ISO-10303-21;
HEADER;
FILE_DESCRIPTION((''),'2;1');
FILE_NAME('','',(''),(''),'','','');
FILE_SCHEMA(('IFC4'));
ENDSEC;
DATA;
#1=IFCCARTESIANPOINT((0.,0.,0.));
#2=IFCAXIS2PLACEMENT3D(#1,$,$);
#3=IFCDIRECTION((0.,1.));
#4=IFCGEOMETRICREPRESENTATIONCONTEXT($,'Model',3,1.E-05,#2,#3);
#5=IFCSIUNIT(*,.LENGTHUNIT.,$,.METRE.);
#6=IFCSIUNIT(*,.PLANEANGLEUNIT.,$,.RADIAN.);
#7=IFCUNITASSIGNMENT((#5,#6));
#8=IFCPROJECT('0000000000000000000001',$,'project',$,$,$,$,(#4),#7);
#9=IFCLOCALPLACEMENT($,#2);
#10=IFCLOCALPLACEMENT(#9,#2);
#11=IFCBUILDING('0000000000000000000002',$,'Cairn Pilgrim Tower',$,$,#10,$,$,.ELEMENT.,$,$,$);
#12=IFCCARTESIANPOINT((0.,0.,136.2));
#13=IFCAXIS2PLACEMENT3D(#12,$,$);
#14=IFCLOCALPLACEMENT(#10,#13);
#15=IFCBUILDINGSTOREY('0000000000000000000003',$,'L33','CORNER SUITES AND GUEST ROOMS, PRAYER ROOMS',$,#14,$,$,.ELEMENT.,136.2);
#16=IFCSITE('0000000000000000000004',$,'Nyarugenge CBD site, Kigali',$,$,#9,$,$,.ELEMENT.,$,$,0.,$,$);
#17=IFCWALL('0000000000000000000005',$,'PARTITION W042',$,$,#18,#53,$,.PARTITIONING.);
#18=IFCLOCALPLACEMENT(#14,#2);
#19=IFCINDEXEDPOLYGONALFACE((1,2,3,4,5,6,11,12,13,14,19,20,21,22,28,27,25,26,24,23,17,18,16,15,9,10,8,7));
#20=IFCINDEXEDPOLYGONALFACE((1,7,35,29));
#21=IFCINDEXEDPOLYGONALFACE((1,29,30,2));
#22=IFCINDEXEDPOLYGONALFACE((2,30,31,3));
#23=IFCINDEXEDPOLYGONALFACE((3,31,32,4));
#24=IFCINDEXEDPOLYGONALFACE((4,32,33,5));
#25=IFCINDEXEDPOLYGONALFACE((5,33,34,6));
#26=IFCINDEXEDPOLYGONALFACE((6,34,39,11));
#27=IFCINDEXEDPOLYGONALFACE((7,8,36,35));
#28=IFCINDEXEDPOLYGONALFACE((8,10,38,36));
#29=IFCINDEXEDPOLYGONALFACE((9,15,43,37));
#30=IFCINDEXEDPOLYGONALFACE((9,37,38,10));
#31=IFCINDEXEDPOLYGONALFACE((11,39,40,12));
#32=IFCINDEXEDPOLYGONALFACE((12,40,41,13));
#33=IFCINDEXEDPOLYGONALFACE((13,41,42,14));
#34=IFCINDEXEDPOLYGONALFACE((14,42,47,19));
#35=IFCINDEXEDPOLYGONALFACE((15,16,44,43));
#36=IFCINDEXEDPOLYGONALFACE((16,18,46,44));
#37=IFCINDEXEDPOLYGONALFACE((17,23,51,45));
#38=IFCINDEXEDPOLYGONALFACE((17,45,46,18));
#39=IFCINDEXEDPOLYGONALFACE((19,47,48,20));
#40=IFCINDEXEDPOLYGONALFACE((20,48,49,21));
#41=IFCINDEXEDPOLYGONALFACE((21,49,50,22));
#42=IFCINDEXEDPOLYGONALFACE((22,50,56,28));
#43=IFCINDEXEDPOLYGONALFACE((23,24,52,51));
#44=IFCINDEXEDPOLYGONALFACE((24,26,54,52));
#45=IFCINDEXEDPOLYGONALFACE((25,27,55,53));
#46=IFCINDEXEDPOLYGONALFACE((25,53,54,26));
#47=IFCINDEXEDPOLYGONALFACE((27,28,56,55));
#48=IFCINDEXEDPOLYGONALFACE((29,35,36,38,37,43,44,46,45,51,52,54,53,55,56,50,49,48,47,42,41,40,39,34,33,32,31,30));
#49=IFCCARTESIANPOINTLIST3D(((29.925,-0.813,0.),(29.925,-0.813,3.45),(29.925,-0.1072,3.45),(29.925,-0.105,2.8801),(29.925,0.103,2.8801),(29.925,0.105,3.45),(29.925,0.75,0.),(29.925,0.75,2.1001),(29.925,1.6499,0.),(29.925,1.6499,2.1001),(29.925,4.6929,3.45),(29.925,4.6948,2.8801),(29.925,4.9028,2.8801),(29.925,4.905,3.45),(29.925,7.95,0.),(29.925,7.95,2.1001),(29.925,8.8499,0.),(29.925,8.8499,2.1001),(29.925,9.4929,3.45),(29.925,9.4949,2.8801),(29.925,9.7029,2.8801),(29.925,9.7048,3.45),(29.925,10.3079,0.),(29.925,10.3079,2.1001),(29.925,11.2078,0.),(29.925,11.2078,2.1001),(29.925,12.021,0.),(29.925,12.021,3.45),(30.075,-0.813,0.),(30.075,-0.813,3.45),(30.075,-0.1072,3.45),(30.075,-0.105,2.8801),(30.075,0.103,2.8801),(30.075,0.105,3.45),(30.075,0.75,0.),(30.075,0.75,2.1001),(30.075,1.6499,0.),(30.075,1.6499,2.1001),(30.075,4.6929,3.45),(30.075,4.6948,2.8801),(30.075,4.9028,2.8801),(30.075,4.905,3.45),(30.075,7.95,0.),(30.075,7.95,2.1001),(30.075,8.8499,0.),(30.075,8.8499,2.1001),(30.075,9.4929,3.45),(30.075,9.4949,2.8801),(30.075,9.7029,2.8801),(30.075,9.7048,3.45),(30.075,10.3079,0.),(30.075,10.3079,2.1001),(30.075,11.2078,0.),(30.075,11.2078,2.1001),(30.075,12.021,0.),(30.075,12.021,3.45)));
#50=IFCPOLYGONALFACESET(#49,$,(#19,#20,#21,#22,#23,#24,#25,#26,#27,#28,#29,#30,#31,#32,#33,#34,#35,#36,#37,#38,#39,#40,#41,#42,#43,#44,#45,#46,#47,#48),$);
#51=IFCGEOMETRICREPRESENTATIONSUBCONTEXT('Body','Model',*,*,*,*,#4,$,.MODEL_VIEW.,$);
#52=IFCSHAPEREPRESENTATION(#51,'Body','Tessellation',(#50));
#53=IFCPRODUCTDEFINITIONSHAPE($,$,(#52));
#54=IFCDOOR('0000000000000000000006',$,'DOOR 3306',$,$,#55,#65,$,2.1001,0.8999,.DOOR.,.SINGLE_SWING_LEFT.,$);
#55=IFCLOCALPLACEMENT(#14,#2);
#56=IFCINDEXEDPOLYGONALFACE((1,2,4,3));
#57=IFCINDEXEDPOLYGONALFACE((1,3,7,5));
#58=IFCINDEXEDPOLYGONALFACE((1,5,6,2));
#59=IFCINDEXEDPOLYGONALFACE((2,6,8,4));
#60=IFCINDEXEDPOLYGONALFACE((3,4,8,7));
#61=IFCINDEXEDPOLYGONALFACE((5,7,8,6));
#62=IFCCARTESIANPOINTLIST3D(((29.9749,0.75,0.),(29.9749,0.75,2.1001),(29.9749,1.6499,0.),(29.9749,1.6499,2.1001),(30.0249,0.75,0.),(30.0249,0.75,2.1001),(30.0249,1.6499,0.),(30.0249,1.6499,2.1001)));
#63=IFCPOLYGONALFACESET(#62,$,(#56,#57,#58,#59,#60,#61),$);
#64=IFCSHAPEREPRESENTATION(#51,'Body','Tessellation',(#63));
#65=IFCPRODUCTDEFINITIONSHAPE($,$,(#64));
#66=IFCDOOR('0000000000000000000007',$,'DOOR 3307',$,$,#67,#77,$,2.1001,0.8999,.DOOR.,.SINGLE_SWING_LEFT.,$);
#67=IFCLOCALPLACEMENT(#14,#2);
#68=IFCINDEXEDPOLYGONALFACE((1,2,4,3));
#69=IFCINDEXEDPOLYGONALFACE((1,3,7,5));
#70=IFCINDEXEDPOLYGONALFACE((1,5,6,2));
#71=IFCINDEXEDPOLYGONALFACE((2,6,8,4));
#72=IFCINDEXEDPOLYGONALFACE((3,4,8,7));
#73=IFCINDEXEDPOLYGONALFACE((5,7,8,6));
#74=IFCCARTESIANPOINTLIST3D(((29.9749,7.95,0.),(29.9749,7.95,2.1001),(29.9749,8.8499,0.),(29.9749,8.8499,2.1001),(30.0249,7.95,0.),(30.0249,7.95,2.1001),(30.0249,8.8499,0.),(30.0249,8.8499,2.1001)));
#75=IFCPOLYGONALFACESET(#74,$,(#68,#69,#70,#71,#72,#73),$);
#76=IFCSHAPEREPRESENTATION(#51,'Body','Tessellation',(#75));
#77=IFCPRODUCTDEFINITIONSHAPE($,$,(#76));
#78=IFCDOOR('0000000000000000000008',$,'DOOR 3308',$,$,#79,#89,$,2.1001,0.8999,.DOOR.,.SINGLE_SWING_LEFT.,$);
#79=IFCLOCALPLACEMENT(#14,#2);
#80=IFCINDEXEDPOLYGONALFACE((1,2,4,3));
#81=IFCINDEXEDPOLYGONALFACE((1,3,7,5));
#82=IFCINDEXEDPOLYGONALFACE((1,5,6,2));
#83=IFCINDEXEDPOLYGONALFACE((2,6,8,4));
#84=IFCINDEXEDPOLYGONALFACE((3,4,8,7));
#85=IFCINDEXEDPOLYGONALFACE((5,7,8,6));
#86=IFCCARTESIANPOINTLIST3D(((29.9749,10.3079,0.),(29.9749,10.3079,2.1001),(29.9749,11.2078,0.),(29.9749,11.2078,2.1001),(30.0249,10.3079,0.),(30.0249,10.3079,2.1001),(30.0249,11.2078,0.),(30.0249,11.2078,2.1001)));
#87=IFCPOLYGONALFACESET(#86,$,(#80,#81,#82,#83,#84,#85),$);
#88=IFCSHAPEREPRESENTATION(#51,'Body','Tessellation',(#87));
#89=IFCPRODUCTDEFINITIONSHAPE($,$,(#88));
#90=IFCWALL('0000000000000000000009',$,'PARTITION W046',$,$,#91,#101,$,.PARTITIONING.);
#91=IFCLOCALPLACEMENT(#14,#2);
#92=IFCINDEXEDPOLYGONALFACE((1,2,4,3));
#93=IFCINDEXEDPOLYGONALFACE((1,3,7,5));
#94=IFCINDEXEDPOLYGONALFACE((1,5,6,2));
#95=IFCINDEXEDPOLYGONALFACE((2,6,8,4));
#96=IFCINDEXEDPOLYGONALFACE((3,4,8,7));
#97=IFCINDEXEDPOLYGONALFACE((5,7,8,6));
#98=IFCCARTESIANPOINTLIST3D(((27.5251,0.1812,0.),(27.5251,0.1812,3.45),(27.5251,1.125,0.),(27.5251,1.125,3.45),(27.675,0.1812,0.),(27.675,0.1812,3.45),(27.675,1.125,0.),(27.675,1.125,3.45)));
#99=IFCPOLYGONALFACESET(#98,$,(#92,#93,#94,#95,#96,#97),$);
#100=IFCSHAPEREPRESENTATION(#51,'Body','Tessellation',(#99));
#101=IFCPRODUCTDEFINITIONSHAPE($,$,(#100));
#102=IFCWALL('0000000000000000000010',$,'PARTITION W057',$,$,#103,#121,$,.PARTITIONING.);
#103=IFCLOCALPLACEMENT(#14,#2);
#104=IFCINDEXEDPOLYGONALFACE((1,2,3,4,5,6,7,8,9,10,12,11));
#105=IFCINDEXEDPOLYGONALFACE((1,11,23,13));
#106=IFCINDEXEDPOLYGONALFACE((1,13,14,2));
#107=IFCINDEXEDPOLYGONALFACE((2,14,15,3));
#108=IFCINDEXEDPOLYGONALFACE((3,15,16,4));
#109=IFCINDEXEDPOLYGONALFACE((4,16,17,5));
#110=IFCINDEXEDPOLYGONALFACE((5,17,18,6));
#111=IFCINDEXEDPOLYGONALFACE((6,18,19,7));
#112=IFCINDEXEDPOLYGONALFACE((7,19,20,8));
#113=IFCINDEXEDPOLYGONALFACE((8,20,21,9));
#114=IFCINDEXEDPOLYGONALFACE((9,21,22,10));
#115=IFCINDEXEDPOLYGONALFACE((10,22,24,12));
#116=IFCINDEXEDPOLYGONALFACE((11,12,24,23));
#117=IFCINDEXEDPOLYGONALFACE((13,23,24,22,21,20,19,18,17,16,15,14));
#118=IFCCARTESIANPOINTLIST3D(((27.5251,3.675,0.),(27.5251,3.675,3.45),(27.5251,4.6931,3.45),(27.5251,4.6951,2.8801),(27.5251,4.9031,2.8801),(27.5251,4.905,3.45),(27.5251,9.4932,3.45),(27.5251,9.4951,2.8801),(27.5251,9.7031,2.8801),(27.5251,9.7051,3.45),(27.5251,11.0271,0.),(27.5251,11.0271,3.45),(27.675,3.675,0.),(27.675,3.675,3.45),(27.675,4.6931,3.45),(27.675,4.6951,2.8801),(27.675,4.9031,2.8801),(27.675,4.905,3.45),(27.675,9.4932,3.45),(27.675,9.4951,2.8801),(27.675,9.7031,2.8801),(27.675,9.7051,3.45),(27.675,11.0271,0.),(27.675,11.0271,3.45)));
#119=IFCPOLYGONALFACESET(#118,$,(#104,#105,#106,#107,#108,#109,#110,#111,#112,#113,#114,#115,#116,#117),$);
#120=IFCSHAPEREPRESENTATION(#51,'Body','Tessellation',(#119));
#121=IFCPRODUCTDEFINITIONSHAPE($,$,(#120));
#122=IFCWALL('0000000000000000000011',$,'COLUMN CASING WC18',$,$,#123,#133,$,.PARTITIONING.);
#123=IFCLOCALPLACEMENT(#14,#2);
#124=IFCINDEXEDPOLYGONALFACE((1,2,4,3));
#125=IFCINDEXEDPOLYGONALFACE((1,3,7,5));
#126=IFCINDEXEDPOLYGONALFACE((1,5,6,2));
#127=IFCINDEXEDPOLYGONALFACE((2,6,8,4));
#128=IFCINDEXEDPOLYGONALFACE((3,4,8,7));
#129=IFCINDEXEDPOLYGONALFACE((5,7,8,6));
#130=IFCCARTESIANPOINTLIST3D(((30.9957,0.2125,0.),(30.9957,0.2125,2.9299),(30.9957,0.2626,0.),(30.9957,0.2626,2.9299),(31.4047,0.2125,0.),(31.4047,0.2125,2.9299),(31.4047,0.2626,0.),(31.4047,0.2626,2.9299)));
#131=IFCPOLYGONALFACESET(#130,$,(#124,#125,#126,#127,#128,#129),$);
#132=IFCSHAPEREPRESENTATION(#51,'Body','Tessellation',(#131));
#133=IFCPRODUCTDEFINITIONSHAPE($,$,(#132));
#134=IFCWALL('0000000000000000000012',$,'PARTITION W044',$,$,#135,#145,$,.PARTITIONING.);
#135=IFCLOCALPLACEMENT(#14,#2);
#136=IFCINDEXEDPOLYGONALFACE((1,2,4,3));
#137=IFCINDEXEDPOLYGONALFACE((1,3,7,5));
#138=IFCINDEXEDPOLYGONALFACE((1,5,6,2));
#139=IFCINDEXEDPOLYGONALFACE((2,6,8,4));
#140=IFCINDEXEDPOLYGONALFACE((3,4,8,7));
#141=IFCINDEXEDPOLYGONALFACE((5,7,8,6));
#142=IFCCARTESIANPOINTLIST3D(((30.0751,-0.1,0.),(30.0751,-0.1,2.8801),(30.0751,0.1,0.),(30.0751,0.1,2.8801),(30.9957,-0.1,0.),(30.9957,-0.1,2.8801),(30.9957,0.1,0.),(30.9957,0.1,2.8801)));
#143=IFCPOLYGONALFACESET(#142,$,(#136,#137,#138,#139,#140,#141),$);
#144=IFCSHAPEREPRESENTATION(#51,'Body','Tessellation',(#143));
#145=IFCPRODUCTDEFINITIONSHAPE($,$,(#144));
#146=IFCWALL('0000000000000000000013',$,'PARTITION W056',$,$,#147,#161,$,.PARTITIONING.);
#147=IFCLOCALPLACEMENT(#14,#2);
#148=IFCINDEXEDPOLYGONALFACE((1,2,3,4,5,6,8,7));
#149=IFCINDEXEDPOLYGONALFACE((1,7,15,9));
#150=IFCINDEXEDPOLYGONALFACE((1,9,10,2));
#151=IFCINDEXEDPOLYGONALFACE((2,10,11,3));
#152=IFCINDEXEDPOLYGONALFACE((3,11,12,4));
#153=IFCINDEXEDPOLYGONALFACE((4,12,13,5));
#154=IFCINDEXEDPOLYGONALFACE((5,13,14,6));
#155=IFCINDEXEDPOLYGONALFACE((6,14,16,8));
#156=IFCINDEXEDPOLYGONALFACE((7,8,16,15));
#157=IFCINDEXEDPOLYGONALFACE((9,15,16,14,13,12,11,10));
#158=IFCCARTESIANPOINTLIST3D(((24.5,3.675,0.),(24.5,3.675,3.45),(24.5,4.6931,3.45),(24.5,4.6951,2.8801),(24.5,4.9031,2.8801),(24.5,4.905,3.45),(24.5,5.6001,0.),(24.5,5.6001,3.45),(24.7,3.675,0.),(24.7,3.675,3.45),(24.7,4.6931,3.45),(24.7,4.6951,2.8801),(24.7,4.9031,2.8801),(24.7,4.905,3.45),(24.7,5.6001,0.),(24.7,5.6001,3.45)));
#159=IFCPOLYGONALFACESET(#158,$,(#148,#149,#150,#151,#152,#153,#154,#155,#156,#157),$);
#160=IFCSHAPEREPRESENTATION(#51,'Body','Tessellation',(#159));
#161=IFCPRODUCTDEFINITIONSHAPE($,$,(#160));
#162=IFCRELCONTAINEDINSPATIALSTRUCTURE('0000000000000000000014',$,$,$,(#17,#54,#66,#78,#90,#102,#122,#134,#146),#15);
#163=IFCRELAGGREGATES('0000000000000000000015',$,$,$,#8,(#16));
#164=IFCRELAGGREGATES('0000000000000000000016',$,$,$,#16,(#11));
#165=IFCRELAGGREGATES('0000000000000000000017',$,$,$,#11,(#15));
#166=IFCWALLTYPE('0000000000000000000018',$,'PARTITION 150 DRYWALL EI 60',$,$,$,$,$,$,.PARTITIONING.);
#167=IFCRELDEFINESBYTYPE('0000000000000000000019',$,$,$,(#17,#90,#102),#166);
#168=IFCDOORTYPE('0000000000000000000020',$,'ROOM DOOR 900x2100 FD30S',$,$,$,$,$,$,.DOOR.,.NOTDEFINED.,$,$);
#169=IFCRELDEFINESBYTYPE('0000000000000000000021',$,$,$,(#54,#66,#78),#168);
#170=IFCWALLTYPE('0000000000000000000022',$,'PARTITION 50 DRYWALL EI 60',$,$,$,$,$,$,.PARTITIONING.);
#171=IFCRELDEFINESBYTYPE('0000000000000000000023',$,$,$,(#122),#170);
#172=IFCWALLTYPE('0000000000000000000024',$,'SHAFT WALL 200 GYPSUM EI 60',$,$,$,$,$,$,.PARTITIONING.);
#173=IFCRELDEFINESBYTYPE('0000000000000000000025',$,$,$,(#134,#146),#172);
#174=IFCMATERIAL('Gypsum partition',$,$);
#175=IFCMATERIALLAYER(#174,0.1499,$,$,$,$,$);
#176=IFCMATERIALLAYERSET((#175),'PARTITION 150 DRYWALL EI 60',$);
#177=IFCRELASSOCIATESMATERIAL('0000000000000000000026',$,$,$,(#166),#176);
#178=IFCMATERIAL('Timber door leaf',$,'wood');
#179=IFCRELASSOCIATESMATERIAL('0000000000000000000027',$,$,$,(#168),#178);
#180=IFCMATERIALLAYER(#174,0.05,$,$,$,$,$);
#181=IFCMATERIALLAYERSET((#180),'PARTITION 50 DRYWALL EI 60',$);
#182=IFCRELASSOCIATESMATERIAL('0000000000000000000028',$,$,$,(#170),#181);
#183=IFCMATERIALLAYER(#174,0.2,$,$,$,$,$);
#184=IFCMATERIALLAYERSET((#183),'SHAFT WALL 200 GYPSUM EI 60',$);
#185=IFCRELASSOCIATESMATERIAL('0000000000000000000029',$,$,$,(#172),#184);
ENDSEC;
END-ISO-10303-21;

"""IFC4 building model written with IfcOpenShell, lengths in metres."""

from ifc_helpers import new_model, si_unit, direction, frame, frame_2d, origin, place, context, subcontext, project, spatial, polyline, rectangle, outline, extrude, material, layer, layer_set, type_object, element, fill, save


model = new_model("IFC4")

# Units and contexts
model_context = context("Model", 3, precision=1e-05, world=origin(), true_north=direction((0.0, 1.0)))
body_context = subcontext(model_context, "Body", "Model", "MODEL_VIEW")
ifc_project = project(units=[si_unit("LENGTHUNIT", "METRE"), si_unit("PLANEANGLEUNIT", "RADIAN")], contexts=[model_context])

# Site, building, storey
site_placement = place(None, origin())
site = spatial("IfcSite", under=ifc_project, at=site_placement, Name="Nyarugenge CBD site, Kigali", CompositionType="ELEMENT", RefElevation=0.0)
building_placement = place(site_placement, origin())
building = spatial("IfcBuilding", under=site, at=building_placement, Name="Cairn Pilgrim Tower", CompositionType="ELEMENT")
storey_placement = place(building_placement, frame((0.0, 0.0, 136.2)))
storey = spatial("IfcBuildingStorey", under=building, at=storey_placement, Name="L33", Description="CORNER SUITES AND GUEST ROOMS, PRAYER ROOMS", CompositionType="ELEMENT", Elevation=136.2)

# Shared definitions
ifc_material_1 = material(Name="Gypsum partition")

# Shared definitions
ifc_layer_1 = layer(ifc_material_1, 0.1499)
ifc_layer_set_1 = layer_set([ifc_layer_1], Name="PARTITION 150 DRYWALL EI 60")
wall_type_1 = type_object("IfcWallType", Name="PARTITION 150 DRYWALL EI 60", PredefinedType="PARTITIONING", material=ifc_layer_set_1)
ifc_material_2 = material(Name="Timber door leaf", Category="wood")
door_type_1 = type_object("IfcDoorType", Name="ROOM DOOR 900x2100 FD30S", OperationType="NOTDEFINED", PredefinedType="DOOR", material=ifc_material_2)

# Wall, openings, doors
wall_1_placement = place(storey_placement, frame((30.0, -0.813, 0.0), z_axis=(0.0, 0.0, 1.0), x_axis=(0.0, 1.0, 0.0)))
wall_1 = element("IfcWall", 1, at=wall_1_placement, inside=storey, type_object=wall_type_1, Name="PARTITION W042", PredefinedType="PARTITIONING", context=body_context, shape_type="SweptSolid", body=[
    extrude(outline(polyline([(0.0, 0.0), (12.834, 0.0), (12.834, 3.45), (10.5178, 3.45), (10.5159, 2.8801), (10.3079, 2.8801), (10.3059, 3.45), (5.718, 3.45), (5.7158, 2.8801), (5.5078, 2.8801), (5.5059, 3.45), (0.918, 3.45), (0.916, 2.8801), (0.708, 2.8801), (0.7058, 3.45), (0.0, 3.45), (0.0, 0.0)])), frame((0.0, 0.075, 0.0), z_axis=(0.0, -1.0, 0.0), x_axis=(1.0, 0.0, 0.0)), (0.0, 0.0, 1.0), 0.1499),
])
opening_1_placement = place(wall_1_placement, frame((1.563, 0.0, 0.0)))
opening_1 = element("IfcOpeningElement", 2, at=opening_1_placement, cuts=wall_1, PredefinedType="OPENING", context=body_context, shape_type="SweptSolid", body=[
    extrude(rectangle(XDim=0.8999, YDim=2.1001, at=frame_2d((0.45, 1.05))), frame((0.0, 0.085, 0.0), z_axis=(0.0, -1.0, 0.0), x_axis=(1.0, 0.0, 0.0)), (0.0, 0.0, 1.0), 0.1699),
])
opening_2_placement = place(wall_1_placement, frame((8.7629, 0.0, 0.0)))
opening_2 = element("IfcOpeningElement", 3, at=opening_2_placement, cuts=wall_1, PredefinedType="OPENING", context=body_context, shape_type="SweptSolid", body=[
    extrude(rectangle(XDim=0.8999, YDim=2.1001, at=frame_2d((0.45, 1.05))), frame((0.0, 0.085, 0.0), z_axis=(0.0, -1.0, 0.0), x_axis=(1.0, 0.0, 0.0)), (0.0, 0.0, 1.0), 0.1699),
])
opening_3_placement = place(wall_1_placement, frame((11.1208, 0.0, 0.0)))
opening_3 = element("IfcOpeningElement", 4, at=opening_3_placement, cuts=wall_1, PredefinedType="OPENING", context=body_context, shape_type="SweptSolid", body=[
    extrude(rectangle(XDim=0.8999, YDim=2.1001, at=frame_2d((0.45, 1.05))), frame((0.0, 0.085, 0.0), z_axis=(0.0, -1.0, 0.0), x_axis=(1.0, 0.0, 0.0)), (0.0, 0.0, 1.0), 0.1699),
])
door_1_placement = place(opening_1_placement, frame((0.8999, 0.0, 0.0), z_axis=(0.0, 0.0, 1.0), x_axis=(-1.0, 0.0, 0.0)))
door_1 = element("IfcDoor", 5, at=door_1_placement, inside=storey, type_object=door_type_1, Name="DOOR 3306", OperationType="SINGLE_SWING_LEFT", OverallHeight=2.1001, OverallWidth=0.8999, PredefinedType="DOOR", context=body_context, shape_type="SweptSolid", body=[
    extrude(rectangle(XDim=0.8999, YDim=2.1001, at=frame_2d((0.45, 1.05))), frame((0.0, 0.0249, 0.0), z_axis=(0.0, -1.0, 0.0), x_axis=(1.0, 0.0, 0.0)), (0.0, 0.0, 1.0), 0.05),
])
fill(opening_1, door_1)
door_2_placement = place(opening_2_placement, frame((0.8999, 0.0, 0.0), z_axis=(0.0, 0.0, 1.0), x_axis=(-1.0, 0.0, 0.0)))
door_2 = element("IfcDoor", 6, at=door_2_placement, inside=storey, type_object=door_type_1, Name="DOOR 3307", OperationType="SINGLE_SWING_LEFT", OverallHeight=2.1001, OverallWidth=0.8999, PredefinedType="DOOR", context=body_context, shape_type="SweptSolid", body=[
    extrude(rectangle(XDim=0.8999, YDim=2.1001, at=frame_2d((0.45, 1.05))), frame((0.0, 0.0249, 0.0), z_axis=(0.0, -1.0, 0.0), x_axis=(1.0, 0.0, 0.0)), (0.0, 0.0, 1.0), 0.05),
])
fill(opening_2, door_2)
door_3_placement = place(opening_3_placement, frame((0.8999, 0.0, 0.0), z_axis=(0.0, 0.0, 1.0), x_axis=(-1.0, 0.0, 0.0)))
door_3 = element("IfcDoor", 7, at=door_3_placement, inside=storey, type_object=door_type_1, Name="DOOR 3308", OperationType="SINGLE_SWING_LEFT", OverallHeight=2.1001, OverallWidth=0.8999, PredefinedType="DOOR", context=body_context, shape_type="SweptSolid", body=[
    extrude(rectangle(XDim=0.8999, YDim=2.1001, at=frame_2d((0.45, 1.05))), frame((0.0, 0.0249, 0.0), z_axis=(0.0, -1.0, 0.0), x_axis=(1.0, 0.0, 0.0)), (0.0, 0.0, 1.0), 0.05),
])
fill(opening_3, door_3)

# Walls
wall_2_placement = place(storey_placement, frame((27.6001, 0.1812, 0.0), z_axis=(0.0, 0.0, 1.0), x_axis=(0.0, 1.0, 0.0)))
element("IfcWall", 8, at=wall_2_placement, inside=storey, type_object=wall_type_1, Name="PARTITION W046", PredefinedType="PARTITIONING", context=body_context, shape_type="SweptSolid", body=[
    extrude(rectangle(XDim=0.9438, YDim=0.1499, at=frame_2d((0.4719, 0.0))), origin(), (0.0, 0.0, 1.0), 3.45),
])
wall_3_placement = place(storey_placement, frame((27.6001, 3.675, 0.0), z_axis=(0.0, 0.0, 1.0), x_axis=(0.0, 1.0, 0.0)))
element("IfcWall", 9, at=wall_3_placement, inside=storey, type_object=wall_type_1, Name="PARTITION W057", PredefinedType="PARTITIONING", context=body_context, shape_type="SweptSolid", body=[
    extrude(outline(polyline([(0.0, 0.0), (7.3521, 0.0), (7.3521, 3.45), (6.03, 3.45), (6.0281, 2.8801), (5.8201, 2.8801), (5.8181, 3.45), (1.23, 3.45), (1.228, 2.8801), (1.02, 2.8801), (1.0181, 3.45), (0.0, 3.45), (0.0, 0.0)])), frame((0.0, 0.075, 0.0), z_axis=(0.0, -1.0, 0.0), x_axis=(1.0, 0.0, 0.0)), (0.0, 0.0, 1.0), 0.1499),
])
ifc_layer_2 = layer(ifc_material_1, 0.05)
ifc_layer_set_2 = layer_set([ifc_layer_2], Name="PARTITION 50 DRYWALL EI 60")
wall_type_2 = type_object("IfcWallType", Name="PARTITION 50 DRYWALL EI 60", PredefinedType="PARTITIONING", material=ifc_layer_set_2)
wall_4_placement = place(storey_placement, frame((30.9956, 0.2375, 0.0), z_axis=(0.0, 0.0, 1.0), x_axis=(1.0, 0.0, 0.0)))
element("IfcWall", 10, at=wall_4_placement, inside=storey, type_object=wall_type_2, Name="COLUMN CASING WC18", PredefinedType="PARTITIONING", context=body_context, shape_type="SweptSolid", body=[
    extrude(rectangle(XDim=0.4089, YDim=0.05, at=frame_2d((0.2046, 0.0))), origin(), (0.0, 0.0, 1.0), 2.9299),
])
ifc_layer_3 = layer(ifc_material_1, 0.2)
ifc_layer_set_3 = layer_set([ifc_layer_3], Name="SHAFT WALL 200 GYPSUM EI 60")
wall_type_3 = type_object("IfcWallType", Name="SHAFT WALL 200 GYPSUM EI 60", PredefinedType="PARTITIONING", material=ifc_layer_set_3)
wall_5_placement = place(storey_placement, frame((30.075, 0.0, 0.0), z_axis=(0.0, 0.0, 1.0), x_axis=(1.0, 0.0, 0.0)))
element("IfcWall", 11, at=wall_5_placement, inside=storey, type_object=wall_type_3, Name="PARTITION W044", PredefinedType="PARTITIONING", context=body_context, shape_type="SweptSolid", body=[
    extrude(rectangle(XDim=0.9207, YDim=0.2, at=frame_2d((0.4604, 0.0))), origin(), (0.0, 0.0, 1.0), 2.8801),
])
wall_6_placement = place(storey_placement, frame((24.6001, 3.675, 0.0), z_axis=(0.0, 0.0, 1.0), x_axis=(0.0, 1.0, 0.0)))
element("IfcWall", 12, at=wall_6_placement, inside=storey, type_object=wall_type_3, Name="PARTITION W056", PredefinedType="PARTITIONING", context=body_context, shape_type="SweptSolid", body=[
    extrude(outline(polyline([(0.0, 0.0), (1.925, 0.0), (1.925, 3.45), (1.23, 3.45), (1.228, 2.8801), (1.02, 2.8801), (1.0181, 3.45), (0.0, 3.45), (0.0, 0.0)])), frame((0.0, 0.1001, 0.0), z_axis=(0.0, -1.0, 0.0), x_axis=(1.0, 0.0, 0.0)), (0.0, 0.0, 1.0), 0.2),
])

save(model, "model.ifc")
